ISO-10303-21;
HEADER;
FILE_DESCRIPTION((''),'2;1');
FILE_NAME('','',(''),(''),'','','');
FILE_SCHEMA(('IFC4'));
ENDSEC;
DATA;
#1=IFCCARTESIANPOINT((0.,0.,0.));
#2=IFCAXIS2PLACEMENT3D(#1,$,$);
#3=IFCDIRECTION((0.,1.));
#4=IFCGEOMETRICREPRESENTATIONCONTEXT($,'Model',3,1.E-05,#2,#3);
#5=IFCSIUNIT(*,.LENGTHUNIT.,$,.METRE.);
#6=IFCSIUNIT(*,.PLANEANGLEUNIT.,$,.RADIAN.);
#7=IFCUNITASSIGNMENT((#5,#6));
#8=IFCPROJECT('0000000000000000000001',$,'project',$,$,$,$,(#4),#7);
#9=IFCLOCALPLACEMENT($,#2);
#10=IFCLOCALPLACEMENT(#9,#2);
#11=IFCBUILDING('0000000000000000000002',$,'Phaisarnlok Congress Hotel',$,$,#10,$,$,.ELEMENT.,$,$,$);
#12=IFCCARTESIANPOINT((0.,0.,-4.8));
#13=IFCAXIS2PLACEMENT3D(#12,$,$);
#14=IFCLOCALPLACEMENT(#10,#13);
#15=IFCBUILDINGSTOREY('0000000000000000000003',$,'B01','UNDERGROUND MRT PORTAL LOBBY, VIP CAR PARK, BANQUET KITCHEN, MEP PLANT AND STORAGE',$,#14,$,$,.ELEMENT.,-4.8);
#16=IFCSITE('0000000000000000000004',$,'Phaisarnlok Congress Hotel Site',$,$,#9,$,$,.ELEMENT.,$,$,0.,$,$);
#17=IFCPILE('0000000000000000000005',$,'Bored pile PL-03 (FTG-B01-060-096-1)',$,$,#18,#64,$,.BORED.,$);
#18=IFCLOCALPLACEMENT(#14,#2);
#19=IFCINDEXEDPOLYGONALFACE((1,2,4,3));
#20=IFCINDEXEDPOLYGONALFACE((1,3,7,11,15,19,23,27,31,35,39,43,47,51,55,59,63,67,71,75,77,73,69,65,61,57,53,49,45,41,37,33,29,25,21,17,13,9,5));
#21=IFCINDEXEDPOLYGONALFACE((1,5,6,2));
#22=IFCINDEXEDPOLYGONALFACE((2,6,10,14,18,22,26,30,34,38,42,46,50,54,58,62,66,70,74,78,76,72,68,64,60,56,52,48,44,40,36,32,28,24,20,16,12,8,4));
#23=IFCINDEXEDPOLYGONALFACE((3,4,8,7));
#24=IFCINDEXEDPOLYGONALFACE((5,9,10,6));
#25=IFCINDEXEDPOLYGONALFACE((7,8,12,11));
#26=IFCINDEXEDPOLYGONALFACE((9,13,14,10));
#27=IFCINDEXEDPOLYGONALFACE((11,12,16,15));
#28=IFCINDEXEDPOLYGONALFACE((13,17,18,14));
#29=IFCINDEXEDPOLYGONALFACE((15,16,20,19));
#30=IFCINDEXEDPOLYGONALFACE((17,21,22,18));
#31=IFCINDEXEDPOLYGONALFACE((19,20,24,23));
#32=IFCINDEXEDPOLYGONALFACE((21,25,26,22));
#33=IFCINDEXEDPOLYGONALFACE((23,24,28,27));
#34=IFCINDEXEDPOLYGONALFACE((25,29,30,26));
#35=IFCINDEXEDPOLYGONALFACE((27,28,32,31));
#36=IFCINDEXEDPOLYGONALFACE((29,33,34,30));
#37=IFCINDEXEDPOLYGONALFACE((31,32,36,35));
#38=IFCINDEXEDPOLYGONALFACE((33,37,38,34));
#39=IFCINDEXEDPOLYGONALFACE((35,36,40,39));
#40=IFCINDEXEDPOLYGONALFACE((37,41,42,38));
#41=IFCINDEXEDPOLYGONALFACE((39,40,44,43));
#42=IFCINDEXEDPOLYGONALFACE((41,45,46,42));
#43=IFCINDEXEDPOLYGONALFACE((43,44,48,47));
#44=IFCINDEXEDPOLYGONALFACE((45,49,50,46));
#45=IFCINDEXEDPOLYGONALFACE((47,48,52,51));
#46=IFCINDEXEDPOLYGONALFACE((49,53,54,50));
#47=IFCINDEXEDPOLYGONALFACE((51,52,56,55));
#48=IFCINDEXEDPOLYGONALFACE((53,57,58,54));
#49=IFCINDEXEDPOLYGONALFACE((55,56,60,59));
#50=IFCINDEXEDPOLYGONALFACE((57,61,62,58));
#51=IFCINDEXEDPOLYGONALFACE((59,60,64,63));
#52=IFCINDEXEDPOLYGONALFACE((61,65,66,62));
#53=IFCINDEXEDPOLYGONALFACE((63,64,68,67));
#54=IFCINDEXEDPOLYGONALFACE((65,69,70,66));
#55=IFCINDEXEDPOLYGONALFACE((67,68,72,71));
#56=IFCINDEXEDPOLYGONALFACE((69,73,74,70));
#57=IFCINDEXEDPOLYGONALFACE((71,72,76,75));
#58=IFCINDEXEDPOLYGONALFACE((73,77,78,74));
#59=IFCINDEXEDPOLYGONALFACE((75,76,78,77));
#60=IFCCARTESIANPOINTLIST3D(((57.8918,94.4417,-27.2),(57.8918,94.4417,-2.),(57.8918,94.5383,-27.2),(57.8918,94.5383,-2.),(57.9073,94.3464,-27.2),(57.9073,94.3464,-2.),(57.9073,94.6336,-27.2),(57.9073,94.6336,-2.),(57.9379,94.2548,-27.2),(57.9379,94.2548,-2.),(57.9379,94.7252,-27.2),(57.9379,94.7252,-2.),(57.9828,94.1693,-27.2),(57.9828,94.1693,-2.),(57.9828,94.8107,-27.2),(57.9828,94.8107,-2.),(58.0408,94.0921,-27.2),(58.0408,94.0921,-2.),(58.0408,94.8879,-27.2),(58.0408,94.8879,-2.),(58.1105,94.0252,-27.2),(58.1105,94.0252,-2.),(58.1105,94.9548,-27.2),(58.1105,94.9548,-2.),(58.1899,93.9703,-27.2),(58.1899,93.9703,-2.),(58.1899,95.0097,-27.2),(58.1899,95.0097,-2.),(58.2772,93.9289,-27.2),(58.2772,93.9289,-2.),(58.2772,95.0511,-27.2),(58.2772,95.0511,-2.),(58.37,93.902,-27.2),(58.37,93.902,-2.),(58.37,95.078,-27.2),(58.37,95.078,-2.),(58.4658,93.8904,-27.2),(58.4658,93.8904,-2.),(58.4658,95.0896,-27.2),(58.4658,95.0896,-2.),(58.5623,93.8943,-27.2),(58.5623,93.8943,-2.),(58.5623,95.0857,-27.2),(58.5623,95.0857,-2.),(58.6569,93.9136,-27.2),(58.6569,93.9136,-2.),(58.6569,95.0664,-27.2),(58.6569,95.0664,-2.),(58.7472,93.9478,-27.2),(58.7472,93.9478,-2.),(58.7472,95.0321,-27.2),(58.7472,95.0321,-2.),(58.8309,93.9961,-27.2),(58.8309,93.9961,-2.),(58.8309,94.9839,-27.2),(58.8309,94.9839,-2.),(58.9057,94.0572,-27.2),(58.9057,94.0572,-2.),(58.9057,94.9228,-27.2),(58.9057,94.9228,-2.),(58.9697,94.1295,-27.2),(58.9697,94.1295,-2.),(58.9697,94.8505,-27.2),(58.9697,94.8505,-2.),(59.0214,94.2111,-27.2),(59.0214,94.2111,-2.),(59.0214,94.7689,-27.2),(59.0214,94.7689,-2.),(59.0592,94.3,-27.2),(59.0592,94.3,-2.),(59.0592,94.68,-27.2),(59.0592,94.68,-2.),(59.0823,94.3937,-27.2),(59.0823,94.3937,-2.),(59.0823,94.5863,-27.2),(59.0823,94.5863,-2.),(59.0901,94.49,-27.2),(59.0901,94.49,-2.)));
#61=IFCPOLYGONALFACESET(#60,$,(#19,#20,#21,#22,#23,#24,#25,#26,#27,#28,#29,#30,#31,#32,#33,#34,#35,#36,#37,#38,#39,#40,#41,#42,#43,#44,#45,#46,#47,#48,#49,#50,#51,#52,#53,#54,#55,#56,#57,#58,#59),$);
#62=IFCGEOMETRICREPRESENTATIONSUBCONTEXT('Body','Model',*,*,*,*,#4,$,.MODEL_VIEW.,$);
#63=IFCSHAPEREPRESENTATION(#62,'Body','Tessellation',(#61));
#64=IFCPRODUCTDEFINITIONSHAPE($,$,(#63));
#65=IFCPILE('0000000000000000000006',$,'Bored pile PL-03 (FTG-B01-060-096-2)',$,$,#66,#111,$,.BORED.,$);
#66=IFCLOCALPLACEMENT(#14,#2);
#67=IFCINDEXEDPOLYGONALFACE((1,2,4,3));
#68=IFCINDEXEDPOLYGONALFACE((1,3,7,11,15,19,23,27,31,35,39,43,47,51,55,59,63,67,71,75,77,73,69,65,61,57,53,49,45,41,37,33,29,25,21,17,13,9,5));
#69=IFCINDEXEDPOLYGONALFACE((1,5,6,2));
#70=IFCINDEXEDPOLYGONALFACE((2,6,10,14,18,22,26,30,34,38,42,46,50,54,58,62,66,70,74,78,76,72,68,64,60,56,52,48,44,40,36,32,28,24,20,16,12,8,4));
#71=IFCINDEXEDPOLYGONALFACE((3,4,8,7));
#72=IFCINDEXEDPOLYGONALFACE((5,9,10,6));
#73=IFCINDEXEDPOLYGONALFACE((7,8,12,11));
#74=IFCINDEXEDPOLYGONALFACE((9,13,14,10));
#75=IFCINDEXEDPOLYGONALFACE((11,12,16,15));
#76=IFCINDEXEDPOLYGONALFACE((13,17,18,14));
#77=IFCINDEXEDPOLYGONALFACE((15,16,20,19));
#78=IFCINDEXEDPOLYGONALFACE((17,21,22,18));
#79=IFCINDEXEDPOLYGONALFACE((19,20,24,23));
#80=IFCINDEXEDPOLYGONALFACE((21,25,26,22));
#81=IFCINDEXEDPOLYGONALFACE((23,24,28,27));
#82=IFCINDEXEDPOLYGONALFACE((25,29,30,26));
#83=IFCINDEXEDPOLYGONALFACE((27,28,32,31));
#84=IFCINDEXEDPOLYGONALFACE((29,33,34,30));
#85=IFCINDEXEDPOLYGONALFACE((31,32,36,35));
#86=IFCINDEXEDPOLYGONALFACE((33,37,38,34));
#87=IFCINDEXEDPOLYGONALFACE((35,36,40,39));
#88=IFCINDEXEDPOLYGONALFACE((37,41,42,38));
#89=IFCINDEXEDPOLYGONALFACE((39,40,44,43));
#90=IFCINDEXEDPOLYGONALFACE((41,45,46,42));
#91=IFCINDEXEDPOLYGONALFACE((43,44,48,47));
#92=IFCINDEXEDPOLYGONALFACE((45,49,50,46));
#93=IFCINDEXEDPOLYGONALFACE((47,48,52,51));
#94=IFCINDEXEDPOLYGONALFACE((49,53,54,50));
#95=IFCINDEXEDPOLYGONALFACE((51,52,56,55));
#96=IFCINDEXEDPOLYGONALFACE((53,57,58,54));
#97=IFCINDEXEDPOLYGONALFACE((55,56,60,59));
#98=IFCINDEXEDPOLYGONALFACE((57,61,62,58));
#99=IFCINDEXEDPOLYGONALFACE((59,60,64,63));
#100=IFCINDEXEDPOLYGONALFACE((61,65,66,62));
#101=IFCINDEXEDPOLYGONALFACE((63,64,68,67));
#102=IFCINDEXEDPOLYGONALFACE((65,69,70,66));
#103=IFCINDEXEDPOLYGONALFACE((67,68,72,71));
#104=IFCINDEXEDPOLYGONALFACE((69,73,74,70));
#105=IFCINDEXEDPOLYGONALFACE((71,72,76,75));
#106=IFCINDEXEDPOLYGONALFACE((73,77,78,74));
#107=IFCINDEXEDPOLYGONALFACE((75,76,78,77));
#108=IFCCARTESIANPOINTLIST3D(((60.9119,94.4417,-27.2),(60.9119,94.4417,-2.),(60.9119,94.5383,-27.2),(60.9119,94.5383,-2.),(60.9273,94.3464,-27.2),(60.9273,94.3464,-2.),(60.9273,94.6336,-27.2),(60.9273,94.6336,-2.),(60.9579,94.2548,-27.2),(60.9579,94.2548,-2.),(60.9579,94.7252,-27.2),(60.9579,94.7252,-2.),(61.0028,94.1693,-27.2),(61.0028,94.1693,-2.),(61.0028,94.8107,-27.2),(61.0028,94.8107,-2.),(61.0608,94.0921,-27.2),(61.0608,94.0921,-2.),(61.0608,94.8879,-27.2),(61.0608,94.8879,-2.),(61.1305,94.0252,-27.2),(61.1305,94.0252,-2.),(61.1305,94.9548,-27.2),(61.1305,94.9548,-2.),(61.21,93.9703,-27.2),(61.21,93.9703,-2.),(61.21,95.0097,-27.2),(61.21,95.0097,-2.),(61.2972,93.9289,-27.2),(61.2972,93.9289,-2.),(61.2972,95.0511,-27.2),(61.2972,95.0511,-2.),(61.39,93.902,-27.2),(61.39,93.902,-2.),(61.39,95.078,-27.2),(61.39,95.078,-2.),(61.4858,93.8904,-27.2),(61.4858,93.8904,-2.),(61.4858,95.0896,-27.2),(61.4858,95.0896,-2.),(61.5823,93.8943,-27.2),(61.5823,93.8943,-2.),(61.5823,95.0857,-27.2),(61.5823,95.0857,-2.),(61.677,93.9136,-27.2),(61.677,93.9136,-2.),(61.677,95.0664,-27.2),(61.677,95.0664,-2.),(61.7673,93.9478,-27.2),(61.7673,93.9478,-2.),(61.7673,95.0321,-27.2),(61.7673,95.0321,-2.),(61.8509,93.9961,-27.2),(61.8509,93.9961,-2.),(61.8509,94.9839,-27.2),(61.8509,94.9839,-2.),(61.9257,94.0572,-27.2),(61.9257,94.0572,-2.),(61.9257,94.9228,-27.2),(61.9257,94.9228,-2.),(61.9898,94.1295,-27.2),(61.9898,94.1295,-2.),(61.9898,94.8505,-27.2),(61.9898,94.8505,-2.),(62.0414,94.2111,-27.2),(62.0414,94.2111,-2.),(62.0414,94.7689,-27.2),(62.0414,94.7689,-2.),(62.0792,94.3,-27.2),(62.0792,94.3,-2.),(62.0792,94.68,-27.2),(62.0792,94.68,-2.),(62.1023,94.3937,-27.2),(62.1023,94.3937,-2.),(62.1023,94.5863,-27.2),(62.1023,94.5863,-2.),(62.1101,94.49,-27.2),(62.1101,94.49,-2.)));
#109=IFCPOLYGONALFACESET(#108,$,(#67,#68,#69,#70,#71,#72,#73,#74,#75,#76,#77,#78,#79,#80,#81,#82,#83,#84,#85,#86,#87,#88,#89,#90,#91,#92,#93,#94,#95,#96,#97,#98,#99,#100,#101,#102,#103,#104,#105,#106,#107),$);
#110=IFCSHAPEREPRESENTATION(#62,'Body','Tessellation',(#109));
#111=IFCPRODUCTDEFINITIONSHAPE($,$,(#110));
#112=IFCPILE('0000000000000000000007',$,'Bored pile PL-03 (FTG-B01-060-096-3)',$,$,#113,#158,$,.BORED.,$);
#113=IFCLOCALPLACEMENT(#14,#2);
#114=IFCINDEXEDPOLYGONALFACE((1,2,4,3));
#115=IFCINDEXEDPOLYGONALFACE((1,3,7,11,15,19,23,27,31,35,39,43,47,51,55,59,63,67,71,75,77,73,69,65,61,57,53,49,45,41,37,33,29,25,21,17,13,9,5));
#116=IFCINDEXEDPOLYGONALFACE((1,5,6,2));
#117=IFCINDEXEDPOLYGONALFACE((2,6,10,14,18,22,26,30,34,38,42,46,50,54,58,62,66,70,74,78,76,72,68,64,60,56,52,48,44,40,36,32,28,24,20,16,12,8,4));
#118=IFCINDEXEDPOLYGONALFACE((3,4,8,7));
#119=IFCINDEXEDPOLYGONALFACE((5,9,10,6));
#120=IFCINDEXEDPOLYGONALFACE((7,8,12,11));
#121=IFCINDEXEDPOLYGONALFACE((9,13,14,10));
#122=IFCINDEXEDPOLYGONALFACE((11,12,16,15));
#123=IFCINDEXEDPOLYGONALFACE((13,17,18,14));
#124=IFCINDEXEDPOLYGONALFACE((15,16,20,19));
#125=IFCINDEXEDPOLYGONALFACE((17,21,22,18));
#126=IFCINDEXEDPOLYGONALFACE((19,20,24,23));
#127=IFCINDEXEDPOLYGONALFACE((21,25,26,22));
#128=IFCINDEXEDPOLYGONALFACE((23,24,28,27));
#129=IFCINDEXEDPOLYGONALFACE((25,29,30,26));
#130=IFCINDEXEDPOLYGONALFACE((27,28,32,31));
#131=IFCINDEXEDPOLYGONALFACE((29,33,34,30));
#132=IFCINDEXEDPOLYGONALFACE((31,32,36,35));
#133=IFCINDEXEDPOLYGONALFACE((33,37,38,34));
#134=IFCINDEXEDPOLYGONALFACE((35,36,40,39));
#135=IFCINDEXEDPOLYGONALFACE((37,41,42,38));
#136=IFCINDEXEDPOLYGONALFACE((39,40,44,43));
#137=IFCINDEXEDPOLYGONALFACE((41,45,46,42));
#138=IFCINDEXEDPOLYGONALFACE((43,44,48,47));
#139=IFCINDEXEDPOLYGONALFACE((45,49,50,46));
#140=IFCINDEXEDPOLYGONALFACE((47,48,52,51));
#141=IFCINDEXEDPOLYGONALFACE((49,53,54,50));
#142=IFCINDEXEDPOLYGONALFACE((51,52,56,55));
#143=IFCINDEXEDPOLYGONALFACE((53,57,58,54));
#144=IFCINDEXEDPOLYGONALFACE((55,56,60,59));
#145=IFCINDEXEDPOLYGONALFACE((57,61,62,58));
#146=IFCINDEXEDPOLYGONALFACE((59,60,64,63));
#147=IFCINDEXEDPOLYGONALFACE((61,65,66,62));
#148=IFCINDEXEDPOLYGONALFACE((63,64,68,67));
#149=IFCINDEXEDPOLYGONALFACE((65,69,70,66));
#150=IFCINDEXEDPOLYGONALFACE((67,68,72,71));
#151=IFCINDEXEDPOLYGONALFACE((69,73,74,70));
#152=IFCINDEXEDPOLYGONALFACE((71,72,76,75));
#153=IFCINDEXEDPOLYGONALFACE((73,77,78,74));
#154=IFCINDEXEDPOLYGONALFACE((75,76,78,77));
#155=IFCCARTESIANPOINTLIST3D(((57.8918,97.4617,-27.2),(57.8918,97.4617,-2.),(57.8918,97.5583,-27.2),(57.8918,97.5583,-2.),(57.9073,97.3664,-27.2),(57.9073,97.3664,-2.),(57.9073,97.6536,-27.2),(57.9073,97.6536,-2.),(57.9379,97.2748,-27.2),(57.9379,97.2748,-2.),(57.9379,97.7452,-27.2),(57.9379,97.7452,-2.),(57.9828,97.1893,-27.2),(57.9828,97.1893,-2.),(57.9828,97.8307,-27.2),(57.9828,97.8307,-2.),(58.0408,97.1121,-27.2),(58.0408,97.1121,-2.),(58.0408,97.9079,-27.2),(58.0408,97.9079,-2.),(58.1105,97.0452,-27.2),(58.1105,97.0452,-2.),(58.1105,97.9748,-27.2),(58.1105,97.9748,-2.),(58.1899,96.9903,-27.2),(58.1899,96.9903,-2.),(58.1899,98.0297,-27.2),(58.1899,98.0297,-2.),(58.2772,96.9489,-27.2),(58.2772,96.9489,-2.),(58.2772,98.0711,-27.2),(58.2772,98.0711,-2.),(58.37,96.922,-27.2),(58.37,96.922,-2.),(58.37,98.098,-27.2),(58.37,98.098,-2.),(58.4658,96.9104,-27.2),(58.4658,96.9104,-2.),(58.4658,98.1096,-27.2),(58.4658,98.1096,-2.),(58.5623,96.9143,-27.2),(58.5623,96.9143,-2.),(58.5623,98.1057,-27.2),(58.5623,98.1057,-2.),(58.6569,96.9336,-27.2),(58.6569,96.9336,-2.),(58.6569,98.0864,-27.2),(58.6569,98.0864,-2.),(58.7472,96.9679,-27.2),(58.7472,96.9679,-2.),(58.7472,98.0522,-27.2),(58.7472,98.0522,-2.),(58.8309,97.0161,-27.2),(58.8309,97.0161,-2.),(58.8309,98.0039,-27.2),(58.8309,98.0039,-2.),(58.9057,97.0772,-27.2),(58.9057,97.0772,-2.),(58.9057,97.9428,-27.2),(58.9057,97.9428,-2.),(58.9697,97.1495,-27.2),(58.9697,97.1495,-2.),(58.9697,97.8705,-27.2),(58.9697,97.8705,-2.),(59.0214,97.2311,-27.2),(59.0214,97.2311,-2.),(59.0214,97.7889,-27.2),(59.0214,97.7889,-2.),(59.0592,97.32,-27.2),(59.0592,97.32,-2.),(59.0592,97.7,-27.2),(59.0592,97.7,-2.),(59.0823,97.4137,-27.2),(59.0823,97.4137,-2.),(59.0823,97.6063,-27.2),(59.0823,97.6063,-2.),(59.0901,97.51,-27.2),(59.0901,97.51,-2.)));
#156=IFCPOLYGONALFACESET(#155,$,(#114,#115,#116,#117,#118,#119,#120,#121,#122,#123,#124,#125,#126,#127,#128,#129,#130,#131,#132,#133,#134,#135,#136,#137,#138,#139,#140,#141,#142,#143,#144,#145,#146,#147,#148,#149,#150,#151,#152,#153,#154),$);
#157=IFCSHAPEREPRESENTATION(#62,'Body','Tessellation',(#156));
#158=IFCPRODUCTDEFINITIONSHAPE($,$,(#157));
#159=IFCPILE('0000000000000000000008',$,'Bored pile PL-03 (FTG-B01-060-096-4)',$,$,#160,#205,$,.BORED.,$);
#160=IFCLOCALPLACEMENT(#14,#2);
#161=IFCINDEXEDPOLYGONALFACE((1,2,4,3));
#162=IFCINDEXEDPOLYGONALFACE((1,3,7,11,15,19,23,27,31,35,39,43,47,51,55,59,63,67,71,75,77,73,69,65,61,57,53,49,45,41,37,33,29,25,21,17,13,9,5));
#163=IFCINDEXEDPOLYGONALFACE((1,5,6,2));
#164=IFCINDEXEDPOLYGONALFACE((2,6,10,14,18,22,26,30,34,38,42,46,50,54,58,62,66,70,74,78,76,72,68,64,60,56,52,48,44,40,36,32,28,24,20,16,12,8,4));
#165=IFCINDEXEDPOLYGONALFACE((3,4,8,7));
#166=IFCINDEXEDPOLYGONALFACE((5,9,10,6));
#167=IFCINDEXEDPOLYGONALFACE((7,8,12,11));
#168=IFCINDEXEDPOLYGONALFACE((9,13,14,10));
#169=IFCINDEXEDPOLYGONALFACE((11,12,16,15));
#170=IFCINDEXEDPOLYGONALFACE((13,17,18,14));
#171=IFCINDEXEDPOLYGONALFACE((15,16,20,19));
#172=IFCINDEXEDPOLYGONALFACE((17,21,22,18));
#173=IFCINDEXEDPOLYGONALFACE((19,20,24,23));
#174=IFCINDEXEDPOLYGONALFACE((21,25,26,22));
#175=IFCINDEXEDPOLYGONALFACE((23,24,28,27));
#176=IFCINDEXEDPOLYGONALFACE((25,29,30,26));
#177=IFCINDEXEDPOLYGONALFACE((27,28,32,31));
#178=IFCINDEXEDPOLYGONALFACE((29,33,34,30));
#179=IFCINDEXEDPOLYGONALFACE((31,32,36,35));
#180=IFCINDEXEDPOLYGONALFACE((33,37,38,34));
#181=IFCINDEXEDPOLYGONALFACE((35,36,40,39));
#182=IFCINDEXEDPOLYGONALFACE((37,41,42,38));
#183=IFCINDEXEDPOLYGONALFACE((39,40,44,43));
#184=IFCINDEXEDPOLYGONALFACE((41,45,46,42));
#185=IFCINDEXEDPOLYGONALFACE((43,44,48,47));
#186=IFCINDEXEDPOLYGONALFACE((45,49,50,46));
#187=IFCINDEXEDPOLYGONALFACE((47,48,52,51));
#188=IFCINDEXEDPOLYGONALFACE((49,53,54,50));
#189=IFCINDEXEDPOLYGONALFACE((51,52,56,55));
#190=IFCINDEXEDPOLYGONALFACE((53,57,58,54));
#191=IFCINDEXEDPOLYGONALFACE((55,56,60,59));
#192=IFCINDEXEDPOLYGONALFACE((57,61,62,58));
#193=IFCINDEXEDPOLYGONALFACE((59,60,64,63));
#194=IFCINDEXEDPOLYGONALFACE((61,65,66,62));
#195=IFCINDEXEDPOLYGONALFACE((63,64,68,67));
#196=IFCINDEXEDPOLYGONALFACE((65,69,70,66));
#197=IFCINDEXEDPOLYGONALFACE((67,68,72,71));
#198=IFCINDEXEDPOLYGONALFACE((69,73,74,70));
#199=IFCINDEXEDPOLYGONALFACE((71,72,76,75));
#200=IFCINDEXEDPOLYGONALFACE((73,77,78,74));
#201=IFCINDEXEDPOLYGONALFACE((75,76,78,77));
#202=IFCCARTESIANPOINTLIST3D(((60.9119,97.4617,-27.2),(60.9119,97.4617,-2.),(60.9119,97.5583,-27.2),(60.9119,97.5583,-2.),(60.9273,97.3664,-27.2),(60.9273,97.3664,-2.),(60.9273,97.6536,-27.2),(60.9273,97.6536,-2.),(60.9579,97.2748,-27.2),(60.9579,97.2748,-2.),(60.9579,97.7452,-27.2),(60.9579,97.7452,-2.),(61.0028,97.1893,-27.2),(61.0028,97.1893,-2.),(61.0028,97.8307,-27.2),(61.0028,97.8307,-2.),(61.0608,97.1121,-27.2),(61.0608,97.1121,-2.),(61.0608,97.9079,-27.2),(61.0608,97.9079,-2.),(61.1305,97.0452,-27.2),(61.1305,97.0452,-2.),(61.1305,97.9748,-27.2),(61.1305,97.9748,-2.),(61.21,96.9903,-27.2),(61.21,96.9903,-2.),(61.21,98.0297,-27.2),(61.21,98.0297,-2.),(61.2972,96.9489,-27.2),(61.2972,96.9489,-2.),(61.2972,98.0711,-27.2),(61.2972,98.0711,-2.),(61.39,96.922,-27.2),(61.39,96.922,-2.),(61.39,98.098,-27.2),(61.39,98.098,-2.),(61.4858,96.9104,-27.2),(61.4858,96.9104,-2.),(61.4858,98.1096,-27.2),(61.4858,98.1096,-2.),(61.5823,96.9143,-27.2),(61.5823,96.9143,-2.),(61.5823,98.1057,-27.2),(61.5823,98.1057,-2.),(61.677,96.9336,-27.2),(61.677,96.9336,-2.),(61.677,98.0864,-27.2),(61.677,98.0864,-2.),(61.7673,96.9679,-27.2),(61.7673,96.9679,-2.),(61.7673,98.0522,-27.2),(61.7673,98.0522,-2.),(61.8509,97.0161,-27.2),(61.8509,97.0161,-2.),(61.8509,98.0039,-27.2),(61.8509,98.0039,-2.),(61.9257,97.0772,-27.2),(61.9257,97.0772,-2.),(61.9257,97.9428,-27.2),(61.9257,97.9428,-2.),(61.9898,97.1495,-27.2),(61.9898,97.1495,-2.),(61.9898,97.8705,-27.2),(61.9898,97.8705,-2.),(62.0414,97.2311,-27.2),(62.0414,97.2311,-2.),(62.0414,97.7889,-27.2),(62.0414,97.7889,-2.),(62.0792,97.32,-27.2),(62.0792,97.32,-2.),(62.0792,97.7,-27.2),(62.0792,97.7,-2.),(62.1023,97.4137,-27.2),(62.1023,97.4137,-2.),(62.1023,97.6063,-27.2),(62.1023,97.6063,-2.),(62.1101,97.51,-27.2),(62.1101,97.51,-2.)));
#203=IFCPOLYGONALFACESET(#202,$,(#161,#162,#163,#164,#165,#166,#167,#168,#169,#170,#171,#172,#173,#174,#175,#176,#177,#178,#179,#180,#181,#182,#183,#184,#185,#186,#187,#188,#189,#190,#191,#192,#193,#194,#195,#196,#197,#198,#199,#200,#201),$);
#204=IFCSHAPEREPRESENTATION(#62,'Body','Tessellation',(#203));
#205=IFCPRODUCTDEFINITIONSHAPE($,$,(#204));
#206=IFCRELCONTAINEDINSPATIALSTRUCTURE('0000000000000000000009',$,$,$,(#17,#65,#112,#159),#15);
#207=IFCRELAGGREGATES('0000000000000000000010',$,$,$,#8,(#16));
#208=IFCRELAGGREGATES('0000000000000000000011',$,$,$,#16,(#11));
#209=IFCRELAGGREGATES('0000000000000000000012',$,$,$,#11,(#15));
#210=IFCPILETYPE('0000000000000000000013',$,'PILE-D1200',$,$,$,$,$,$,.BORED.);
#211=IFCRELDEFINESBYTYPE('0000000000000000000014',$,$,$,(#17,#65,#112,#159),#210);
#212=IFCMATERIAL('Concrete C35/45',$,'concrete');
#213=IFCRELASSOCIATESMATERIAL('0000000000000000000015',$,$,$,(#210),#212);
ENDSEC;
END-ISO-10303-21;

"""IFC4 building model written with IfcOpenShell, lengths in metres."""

from ifc_helpers import new_model, si_unit, direction, frame, origin, origin_2d, place, context, subcontext, project, spatial, circle, extrude, material, material_profile, profile_set, type_object, element, save


model = new_model("IFC4")

# Units and contexts
model_context = context("Model", 3, precision=1e-05, world=origin(), true_north=direction((0.0, 1.0)))
body_context = subcontext(model_context, "Body", "Model", "MODEL_VIEW")
ifc_project = project(units=[si_unit("LENGTHUNIT", "METRE"), si_unit("PLANEANGLEUNIT", "RADIAN")], contexts=[model_context])

# Site, building, storey
site_placement = place(None, origin())
site = spatial("IfcSite", under=ifc_project, at=site_placement, Name="Phaisarnlok Congress Hotel Site", CompositionType="ELEMENT", RefElevation=0.0)
building_placement = place(site_placement, origin())
building = spatial("IfcBuilding", under=site, at=building_placement, Name="Phaisarnlok Congress Hotel", CompositionType="ELEMENT")
storey_placement = place(building_placement, frame((0.0, 0.0, -4.8)))
storey = spatial("IfcBuildingStorey", under=building, at=storey_placement, Name="B01", Description="UNDERGROUND MRT PORTAL LOBBY, VIP CAR PARK, BANQUET KITCHEN, MEP PLANT AND STORAGE", CompositionType="ELEMENT", Elevation=-4.8)

# Piles
ifc_material_1 = material(Name="Concrete C35/45", Category="concrete")
ifc_material_profile_1 = material_profile(ifc_material_1, circle(Radius=0.6001, at=origin_2d()), Name="BORED PILE D1200")
ifc_profile_set_1 = profile_set([ifc_material_profile_1], Name="Concrete C35/45")
pile_type_1 = type_object("IfcPileType", Name="PILE-D1200", PredefinedType="BORED", material=ifc_profile_set_1)
for number, where, z_axis, x_axis, name in (
    (1, (58.49, 94.49, -2.0), (0.0, 0.0, -1.0), (1.0, 0.0, 0.0), "Bored pile PL-03 (FTG-B01-060-096-1)"),
    (2, (61.51, 94.49, -2.0), (0.0, 0.0, -1.0), (1.0, 0.0, 0.0), "Bored pile PL-03 (FTG-B01-060-096-2)"),
    (3, (58.49, 97.51, -2.0), (0.0, 0.0, -1.0), (1.0, 0.0, 0.0), "Bored pile PL-03 (FTG-B01-060-096-3)"),
    (4, (61.51, 97.51, -2.0), (0.0, 0.0, -1.0), (1.0, 0.0, 0.0), "Bored pile PL-03 (FTG-B01-060-096-4)"),
):
    element("IfcPile", number, at=place(storey_placement, frame(where, z_axis=z_axis, x_axis=x_axis)), inside=storey, type_object=pile_type_1, Name=name, PredefinedType="BORED", context=body_context, shape_type="SweptSolid", body=[
        extrude(circle(Radius=0.6001, at=origin_2d()), origin(), (0.0, 0.0, 1.0), 25.2),
    ])

save(model, "model.ifc")
